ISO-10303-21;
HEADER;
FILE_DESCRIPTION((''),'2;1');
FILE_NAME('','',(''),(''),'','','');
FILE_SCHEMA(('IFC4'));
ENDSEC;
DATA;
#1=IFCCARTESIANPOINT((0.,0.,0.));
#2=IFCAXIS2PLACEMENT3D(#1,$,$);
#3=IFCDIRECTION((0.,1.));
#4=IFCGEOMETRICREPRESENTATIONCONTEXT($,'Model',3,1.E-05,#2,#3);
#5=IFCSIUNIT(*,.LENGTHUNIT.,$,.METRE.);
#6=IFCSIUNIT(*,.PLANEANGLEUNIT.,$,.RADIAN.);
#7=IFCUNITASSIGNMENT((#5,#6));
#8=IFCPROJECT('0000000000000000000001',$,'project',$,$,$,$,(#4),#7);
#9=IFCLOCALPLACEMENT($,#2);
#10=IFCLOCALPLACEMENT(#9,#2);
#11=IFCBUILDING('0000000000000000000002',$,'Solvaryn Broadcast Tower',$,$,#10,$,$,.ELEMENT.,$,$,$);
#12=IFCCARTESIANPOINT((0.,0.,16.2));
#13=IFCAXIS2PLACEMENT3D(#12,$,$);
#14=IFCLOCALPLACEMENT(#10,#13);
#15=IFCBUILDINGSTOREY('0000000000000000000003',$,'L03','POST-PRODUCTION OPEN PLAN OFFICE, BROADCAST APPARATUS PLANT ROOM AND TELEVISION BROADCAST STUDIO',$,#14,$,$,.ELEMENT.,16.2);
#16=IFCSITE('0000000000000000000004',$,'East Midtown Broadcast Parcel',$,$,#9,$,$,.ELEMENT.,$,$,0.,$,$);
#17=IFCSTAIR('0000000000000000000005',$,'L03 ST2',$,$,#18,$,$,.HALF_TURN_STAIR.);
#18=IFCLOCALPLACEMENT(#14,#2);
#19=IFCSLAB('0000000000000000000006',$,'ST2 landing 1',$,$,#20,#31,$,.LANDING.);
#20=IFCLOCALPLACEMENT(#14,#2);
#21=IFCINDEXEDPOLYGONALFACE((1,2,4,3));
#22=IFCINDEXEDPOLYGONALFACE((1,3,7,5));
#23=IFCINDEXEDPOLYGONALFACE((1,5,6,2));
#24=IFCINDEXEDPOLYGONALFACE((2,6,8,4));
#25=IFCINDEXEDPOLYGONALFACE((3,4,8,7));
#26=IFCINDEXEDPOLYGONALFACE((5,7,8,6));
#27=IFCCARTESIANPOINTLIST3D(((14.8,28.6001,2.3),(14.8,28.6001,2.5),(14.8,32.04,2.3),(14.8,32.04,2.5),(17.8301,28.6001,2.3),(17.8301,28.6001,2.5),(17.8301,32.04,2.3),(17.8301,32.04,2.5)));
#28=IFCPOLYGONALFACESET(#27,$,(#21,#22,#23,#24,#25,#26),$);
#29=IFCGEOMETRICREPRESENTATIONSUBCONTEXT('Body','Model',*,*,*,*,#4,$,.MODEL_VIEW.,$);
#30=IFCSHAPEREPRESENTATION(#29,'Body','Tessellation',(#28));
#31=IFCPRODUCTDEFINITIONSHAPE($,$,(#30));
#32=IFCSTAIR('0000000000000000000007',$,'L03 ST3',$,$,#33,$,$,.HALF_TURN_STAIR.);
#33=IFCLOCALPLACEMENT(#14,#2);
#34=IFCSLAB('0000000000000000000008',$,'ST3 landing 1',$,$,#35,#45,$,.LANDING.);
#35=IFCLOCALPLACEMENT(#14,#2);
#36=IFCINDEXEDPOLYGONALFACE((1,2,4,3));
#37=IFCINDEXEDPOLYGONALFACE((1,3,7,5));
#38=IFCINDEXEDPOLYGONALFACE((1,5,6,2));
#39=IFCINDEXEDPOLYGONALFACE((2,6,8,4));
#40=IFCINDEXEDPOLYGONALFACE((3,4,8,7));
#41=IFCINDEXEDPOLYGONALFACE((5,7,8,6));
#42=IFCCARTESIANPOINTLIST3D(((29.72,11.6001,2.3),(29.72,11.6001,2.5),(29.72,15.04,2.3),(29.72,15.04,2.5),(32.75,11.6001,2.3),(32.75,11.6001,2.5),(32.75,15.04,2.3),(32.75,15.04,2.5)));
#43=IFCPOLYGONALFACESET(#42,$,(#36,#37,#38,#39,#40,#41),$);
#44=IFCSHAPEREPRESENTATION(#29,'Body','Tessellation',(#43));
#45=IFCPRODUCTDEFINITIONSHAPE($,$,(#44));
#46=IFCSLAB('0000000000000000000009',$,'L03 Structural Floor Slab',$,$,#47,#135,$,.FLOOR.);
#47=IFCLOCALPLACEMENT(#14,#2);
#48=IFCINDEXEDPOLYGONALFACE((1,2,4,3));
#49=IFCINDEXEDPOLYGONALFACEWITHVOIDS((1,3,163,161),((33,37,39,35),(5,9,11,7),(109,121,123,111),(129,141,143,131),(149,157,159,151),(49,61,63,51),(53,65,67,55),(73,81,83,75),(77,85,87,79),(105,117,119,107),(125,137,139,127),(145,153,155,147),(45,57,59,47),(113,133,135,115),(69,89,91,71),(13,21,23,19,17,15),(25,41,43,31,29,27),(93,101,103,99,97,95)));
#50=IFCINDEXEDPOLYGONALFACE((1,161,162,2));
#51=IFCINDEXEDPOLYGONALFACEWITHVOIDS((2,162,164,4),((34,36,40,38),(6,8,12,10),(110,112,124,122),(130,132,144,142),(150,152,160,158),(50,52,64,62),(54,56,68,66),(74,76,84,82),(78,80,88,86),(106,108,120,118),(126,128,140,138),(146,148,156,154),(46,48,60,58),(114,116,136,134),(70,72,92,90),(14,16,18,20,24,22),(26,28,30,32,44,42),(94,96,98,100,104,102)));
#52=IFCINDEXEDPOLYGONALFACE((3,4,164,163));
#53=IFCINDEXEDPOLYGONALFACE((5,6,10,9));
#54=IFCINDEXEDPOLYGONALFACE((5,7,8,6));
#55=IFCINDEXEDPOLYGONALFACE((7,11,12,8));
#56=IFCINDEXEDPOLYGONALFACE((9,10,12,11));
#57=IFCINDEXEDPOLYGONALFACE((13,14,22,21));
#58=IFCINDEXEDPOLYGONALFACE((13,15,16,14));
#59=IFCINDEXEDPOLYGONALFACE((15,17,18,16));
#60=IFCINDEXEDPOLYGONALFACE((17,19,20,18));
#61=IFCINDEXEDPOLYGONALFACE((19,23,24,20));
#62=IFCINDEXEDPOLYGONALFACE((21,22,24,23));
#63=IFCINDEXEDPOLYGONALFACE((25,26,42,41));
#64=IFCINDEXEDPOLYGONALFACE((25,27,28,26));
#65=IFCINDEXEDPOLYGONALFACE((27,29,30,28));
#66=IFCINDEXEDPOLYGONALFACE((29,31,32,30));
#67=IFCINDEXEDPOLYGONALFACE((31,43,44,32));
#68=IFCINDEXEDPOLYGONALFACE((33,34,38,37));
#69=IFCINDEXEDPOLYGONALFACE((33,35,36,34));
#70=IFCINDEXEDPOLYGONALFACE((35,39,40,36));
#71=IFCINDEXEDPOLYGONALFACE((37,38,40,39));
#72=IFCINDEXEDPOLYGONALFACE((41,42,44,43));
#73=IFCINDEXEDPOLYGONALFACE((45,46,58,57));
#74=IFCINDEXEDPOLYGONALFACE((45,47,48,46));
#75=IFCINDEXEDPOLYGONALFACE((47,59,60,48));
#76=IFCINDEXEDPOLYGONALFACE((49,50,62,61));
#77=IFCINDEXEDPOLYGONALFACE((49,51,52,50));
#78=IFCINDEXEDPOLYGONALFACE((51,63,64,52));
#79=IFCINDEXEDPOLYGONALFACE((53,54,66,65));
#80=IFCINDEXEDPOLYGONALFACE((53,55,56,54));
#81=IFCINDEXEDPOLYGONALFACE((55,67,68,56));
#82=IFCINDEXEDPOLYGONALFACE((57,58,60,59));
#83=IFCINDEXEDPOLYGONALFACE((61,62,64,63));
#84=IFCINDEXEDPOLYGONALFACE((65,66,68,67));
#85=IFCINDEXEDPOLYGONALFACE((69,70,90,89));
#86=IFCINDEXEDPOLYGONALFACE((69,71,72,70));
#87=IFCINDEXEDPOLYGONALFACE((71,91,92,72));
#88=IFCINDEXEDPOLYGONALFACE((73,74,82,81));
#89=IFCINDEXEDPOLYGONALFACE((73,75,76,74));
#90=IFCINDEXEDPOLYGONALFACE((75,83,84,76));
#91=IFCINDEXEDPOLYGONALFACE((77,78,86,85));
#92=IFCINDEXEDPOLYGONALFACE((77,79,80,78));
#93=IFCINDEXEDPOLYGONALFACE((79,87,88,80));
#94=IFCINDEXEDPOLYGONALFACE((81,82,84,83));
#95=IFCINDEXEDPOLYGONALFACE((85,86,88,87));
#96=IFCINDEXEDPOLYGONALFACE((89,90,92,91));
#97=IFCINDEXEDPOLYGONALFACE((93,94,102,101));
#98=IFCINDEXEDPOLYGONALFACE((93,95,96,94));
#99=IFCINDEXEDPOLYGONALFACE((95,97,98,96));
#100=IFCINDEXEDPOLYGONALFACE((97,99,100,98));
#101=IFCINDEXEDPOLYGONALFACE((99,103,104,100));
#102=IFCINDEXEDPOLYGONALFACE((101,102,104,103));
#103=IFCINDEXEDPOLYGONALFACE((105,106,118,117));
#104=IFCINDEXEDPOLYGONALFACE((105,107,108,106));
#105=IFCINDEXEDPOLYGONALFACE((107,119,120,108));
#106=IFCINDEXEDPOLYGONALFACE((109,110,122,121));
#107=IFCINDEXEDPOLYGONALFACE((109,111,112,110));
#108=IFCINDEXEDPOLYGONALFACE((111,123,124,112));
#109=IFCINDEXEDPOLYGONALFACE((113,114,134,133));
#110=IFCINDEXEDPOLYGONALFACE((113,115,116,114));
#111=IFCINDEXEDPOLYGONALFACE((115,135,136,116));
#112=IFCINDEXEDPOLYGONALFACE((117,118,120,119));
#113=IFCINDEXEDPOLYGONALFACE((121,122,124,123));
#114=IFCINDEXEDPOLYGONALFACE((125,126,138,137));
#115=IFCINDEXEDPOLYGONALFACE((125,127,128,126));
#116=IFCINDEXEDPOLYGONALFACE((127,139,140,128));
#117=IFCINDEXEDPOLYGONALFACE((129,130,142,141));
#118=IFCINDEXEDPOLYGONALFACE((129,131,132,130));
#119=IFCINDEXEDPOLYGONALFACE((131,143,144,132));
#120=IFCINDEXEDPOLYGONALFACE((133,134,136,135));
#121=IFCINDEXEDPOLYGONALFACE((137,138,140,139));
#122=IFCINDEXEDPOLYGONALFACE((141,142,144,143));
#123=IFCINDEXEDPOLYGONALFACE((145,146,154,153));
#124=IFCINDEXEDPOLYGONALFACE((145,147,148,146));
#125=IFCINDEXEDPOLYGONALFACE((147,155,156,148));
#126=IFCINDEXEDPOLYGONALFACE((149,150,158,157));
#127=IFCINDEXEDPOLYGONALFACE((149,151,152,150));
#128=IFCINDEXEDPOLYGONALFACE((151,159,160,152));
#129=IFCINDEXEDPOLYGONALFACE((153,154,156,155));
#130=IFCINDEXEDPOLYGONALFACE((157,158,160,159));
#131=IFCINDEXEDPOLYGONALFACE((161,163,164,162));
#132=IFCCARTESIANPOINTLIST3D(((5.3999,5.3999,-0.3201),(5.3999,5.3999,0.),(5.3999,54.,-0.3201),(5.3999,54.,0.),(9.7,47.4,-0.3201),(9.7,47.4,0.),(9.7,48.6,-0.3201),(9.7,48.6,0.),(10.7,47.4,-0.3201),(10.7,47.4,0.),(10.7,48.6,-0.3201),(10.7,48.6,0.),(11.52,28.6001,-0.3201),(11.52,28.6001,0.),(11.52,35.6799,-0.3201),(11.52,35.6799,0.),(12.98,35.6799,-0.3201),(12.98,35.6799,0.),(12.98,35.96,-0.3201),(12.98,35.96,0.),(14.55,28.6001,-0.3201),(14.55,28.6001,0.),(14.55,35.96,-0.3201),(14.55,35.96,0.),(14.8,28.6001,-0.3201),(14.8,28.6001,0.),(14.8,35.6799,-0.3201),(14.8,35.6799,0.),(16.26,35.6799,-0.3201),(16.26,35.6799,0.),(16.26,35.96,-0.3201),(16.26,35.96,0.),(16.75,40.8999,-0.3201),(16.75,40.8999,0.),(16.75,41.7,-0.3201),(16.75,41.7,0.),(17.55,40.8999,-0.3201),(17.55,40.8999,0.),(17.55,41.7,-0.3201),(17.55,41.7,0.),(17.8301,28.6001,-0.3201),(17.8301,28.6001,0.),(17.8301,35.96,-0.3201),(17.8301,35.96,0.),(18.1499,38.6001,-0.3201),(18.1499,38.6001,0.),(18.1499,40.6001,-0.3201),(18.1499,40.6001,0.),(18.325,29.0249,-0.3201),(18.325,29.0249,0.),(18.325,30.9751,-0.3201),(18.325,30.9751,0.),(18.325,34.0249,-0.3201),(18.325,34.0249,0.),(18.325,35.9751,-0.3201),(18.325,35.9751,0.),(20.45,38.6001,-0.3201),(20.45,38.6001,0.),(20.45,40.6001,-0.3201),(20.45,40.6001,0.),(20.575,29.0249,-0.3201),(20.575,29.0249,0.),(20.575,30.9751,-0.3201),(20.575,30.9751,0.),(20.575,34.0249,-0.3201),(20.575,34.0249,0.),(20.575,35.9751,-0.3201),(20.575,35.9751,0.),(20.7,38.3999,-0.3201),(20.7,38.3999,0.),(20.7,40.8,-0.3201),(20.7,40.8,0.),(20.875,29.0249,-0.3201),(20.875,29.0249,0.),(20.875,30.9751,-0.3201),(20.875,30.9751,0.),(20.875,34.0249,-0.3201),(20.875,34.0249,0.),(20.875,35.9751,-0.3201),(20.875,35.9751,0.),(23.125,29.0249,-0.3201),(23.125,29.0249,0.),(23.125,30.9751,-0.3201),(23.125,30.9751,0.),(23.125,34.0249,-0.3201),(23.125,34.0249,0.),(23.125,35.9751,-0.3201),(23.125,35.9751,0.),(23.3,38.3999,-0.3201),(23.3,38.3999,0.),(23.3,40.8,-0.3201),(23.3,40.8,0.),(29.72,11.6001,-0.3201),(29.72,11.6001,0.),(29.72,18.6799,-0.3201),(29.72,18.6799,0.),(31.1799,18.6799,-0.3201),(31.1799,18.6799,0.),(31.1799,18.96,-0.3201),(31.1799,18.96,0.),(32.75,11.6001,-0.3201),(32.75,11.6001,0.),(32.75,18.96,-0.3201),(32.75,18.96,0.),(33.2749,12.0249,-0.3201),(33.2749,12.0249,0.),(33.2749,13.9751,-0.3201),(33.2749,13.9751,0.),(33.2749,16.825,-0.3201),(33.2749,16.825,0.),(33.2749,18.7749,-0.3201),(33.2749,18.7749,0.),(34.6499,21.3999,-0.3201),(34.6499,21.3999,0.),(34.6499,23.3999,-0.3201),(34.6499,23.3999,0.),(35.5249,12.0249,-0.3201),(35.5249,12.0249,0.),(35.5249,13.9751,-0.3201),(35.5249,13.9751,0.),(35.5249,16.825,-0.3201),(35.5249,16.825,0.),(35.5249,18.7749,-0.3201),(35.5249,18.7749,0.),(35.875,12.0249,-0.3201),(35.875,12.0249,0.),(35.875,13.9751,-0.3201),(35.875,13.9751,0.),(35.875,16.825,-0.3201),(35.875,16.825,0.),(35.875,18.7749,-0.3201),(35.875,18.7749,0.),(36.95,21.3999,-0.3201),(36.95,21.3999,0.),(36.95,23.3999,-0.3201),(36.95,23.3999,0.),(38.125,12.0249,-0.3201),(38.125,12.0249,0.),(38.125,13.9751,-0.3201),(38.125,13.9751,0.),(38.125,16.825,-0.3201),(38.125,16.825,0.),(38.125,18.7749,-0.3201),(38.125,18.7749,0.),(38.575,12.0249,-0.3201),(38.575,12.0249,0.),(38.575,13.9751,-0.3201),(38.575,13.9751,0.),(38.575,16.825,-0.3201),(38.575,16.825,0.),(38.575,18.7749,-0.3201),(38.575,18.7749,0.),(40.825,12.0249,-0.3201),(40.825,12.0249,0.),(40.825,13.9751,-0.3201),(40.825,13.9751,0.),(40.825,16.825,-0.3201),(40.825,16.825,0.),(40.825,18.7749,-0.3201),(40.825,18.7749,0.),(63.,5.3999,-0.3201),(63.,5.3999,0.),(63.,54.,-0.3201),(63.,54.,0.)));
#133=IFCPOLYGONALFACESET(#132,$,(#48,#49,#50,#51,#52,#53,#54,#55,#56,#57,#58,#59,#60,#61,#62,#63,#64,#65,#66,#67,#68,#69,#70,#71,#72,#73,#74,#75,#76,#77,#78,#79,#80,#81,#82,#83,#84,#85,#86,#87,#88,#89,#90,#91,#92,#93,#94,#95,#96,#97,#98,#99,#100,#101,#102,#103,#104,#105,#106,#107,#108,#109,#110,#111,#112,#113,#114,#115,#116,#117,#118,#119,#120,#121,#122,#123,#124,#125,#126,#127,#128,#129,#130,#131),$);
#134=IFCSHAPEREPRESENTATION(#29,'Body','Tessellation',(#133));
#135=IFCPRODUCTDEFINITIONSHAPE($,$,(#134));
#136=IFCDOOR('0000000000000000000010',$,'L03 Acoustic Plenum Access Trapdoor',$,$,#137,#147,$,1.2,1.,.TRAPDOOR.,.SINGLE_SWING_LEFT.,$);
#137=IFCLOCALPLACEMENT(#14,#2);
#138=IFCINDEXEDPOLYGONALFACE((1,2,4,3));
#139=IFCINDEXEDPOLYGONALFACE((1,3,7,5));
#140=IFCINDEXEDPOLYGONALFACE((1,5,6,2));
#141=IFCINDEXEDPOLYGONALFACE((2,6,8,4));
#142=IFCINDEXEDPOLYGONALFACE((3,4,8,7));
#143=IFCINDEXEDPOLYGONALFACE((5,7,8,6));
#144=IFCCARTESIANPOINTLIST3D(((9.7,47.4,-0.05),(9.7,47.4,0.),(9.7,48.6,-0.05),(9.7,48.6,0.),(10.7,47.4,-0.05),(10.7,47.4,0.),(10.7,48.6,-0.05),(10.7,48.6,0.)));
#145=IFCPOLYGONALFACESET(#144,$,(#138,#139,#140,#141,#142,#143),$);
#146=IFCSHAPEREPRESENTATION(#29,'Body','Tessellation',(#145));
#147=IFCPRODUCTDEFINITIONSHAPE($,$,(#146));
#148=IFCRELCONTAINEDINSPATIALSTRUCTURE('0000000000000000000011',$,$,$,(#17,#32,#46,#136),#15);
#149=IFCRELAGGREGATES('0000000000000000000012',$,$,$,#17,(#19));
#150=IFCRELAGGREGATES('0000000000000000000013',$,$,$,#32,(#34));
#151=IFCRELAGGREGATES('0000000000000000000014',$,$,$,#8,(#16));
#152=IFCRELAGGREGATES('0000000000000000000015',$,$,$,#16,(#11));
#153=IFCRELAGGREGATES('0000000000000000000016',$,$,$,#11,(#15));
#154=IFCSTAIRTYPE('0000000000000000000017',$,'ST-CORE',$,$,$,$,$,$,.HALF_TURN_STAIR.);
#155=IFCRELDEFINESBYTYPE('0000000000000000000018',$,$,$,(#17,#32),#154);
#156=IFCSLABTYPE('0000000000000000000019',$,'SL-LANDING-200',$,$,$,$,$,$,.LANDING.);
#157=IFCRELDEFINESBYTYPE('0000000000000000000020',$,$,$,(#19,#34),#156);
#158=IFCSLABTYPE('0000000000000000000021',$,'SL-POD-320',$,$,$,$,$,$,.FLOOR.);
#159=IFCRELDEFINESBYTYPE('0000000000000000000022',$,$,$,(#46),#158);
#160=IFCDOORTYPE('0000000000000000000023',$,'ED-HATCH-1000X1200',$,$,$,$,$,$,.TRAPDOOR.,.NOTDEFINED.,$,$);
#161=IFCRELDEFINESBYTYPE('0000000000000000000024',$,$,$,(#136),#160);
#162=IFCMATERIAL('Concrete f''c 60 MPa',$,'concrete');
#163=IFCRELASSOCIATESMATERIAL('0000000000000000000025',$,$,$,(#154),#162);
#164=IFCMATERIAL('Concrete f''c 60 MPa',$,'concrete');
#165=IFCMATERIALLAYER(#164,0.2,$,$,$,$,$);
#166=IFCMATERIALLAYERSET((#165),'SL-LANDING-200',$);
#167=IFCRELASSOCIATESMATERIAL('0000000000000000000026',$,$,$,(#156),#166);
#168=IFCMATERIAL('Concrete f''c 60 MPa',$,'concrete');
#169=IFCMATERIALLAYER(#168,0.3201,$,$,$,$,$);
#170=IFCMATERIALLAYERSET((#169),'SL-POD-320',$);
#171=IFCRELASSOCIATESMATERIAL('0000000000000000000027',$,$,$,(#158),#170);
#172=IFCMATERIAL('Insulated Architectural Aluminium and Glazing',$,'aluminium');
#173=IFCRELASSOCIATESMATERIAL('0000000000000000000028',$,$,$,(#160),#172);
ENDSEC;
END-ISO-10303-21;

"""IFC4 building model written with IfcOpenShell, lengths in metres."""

from ifc_helpers import new_model, si_unit, direction, frame, origin, origin_2d, place, context, subcontext, project, spatial, polyline, rectangle, outline, extrude, material, layer, layer_set, type_object, element, fill, aggregate, save


model = new_model("IFC4")

# Units and contexts
model_context = context("Model", 3, precision=1e-05, world=origin(), true_north=direction((0.0, 1.0)))
body_context = subcontext(model_context, "Body", "Model", "MODEL_VIEW")
ifc_project = project(units=[si_unit("LENGTHUNIT", "METRE"), si_unit("PLANEANGLEUNIT", "RADIAN")], contexts=[model_context])

# Site, building, storey
site_placement = place(None, origin())
site = spatial("IfcSite", under=ifc_project, at=site_placement, Name="East Midtown Broadcast Parcel", CompositionType="ELEMENT", RefElevation=0.0)
building_placement = place(site_placement, origin())
building = spatial("IfcBuilding", under=site, at=building_placement, Name="Solvaryn Broadcast Tower", CompositionType="ELEMENT")
storey_placement = place(building_placement, frame((0.0, 0.0, 16.2)))
storey = spatial("IfcBuildingStorey", under=building, at=storey_placement, Name="L03", Description="POST-PRODUCTION OPEN PLAN OFFICE, BROADCAST APPARATUS PLANT ROOM AND TELEVISION BROADCAST STUDIO", CompositionType="ELEMENT", Elevation=16.2)

# Stairs, slabs
ifc_material_1 = material(Name="Concrete f'c 60 MPa", Category="concrete")
stair_type = type_object("IfcStairType", Name="ST-CORE", PredefinedType="HALF_TURN_STAIR", material=ifc_material_1)
ifc_material_2 = material(Name="Concrete f'c 60 MPa", Category="concrete")
ifc_layer_1 = layer(ifc_material_2, 0.2)
ifc_layer_set_1 = layer_set([ifc_layer_1], Name="SL-LANDING-200")
slab_type_1 = type_object("IfcSlabType", Name="SL-LANDING-200", PredefinedType="LANDING", material=ifc_layer_set_1)
stair_1_placement = place(storey_placement, origin())
stair_1 = element("IfcStair", 1, at=stair_1_placement, inside=storey, type_object=stair_type, Name="L03 ST2", PredefinedType="HALF_TURN_STAIR")
slab_1_placement = place(storey_placement, frame((0.0, 0.0, 2.3)))
slab_1 = element("IfcSlab", 2, at=slab_1_placement, type_object=slab_type_1, Name="ST2 landing 1", PredefinedType="LANDING", context=body_context, shape_type="SweptSolid", body=[
    extrude(outline(polyline([(14.8, 32.04), (14.8, 28.6001), (17.8301, 28.6001), (17.8301, 32.04), (14.8, 32.04)])), origin(), (0.0, 0.0, 1.0), 0.2),
])
aggregate(stair_1, [slab_1])
stair_2_placement = place(storey_placement, origin())
stair_2 = element("IfcStair", 3, at=stair_2_placement, inside=storey, type_object=stair_type, Name="L03 ST3", PredefinedType="HALF_TURN_STAIR")
slab_2_placement = place(storey_placement, frame((0.0, 0.0, 2.3)))
slab_2 = element("IfcSlab", 4, at=slab_2_placement, type_object=slab_type_1, Name="ST3 landing 1", PredefinedType="LANDING", context=body_context, shape_type="SweptSolid", body=[
    extrude(outline(polyline([(29.72, 15.04), (29.72, 11.6001), (32.75, 11.6001), (32.75, 15.04), (29.72, 15.04)])), origin(), (0.0, 0.0, 1.0), 0.2),
])
aggregate(stair_2, [slab_2])

# Slab, opening, door
ifc_material_3 = material(Name="Concrete f'c 60 MPa", Category="concrete")
ifc_layer_2 = layer(ifc_material_3, 0.3201)
ifc_layer_set_2 = layer_set([ifc_layer_2], Name="SL-POD-320")
slab_type_2 = type_object("IfcSlabType", Name="SL-POD-320", PredefinedType="FLOOR", material=ifc_layer_set_2)
slab_3_placement = place(storey_placement, frame((0.0, 0.0, -0.3201)))
slab_3 = element("IfcSlab", 5, at=slab_3_placement, inside=storey, type_object=slab_type_2, Name="L03 Structural Floor Slab", PredefinedType="FLOOR", context=body_context, shape_type="SweptSolid", body=[
    extrude(outline(polyline([(5.3999, 5.3999), (63.0, 5.3999), (63.0, 54.0), (5.3999, 54.0), (5.3999, 5.3999)]), holes=[polyline([(11.52, 28.6001), (14.55, 28.6001), (14.55, 35.96), (12.98, 35.96), (12.98, 35.6799), (11.52, 35.6799), (11.52, 28.6001)]), polyline([(14.8, 28.6001), (17.8301, 28.6001), (17.8301, 35.96), (16.26, 35.96), (16.26, 35.6799), (14.8, 35.6799), (14.8, 28.6001)]), polyline([(29.72, 11.6001), (32.75, 11.6001), (32.75, 18.96), (31.1799, 18.96), (31.1799, 18.6799), (29.72, 18.6799), (29.72, 11.6001)]), polyline([(18.1499, 38.6001), (20.45, 38.6001), (20.45, 40.6001), (18.1499, 40.6001), (18.1499, 38.6001)]), polyline([(20.7, 38.3999), (23.3, 38.3999), (23.3, 40.8), (20.7, 40.8), (20.7, 38.3999)]), polyline([(18.325, 29.0249), (20.575, 29.0249), (20.575, 30.9751), (18.325, 30.9751), (18.325, 29.0249)]), polyline([(20.875, 29.0249), (23.125, 29.0249), (23.125, 30.9751), (20.875, 30.9751), (20.875, 29.0249)]), polyline([(18.325, 34.0249), (20.575, 34.0249), (20.575, 35.9751), (18.325, 35.9751), (18.325, 34.0249)]), polyline([(20.875, 34.0249), (23.125, 34.0249), (23.125, 35.9751), (20.875, 35.9751), (20.875, 34.0249)]), polyline([(34.6499, 21.3999), (36.95, 21.3999), (36.95, 23.3999), (34.6499, 23.3999), (34.6499, 21.3999)]), polyline([(33.2749, 12.0249), (35.5249, 12.0249), (35.5249, 13.9751), (33.2749, 13.9751), (33.2749, 12.0249)]), polyline([(35.875, 12.0249), (38.125, 12.0249), (38.125, 13.9751), (35.875, 13.9751), (35.875, 12.0249)]), polyline([(33.2749, 16.825), (35.5249, 16.825), (35.5249, 18.7749), (33.2749, 18.7749), (33.2749, 16.825)]), polyline([(35.875, 16.825), (38.125, 16.825), (38.125, 18.7749), (35.875, 18.7749), (35.875, 16.825)]), polyline([(38.575, 12.0249), (40.825, 12.0249), (40.825, 13.9751), (38.575, 13.9751), (38.575, 12.0249)]), polyline([(38.575, 16.825), (40.825, 16.825), (40.825, 18.7749), (38.575, 18.7749), (38.575, 16.825)]), polyline([(16.75, 40.8999), (17.55, 40.8999), (17.55, 41.7), (16.75, 41.7), (16.75, 40.8999)])]), origin(), (0.0, 0.0, 1.0), 0.3201),
])
opening_1_placement = place(slab_3_placement, frame((10.2, 48.0, 0.0)))
opening_1 = element("IfcOpeningElement", 6, at=opening_1_placement, cuts=slab_3, PredefinedType="OPENING", context=body_context, shape_type="SweptSolid", body=[
    extrude(rectangle(XDim=1.0, YDim=1.2, at=origin_2d()), origin(), (0.0, 0.0, 1.0), 0.3201),
])
ifc_material_4 = material(Name="Insulated Architectural Aluminium and Glazing", Category="aluminium")
door_type_1 = type_object("IfcDoorType", Name="ED-HATCH-1000X1200", OperationType="NOTDEFINED", PredefinedType="TRAPDOOR", material=ifc_material_4)
door_1_placement = place(opening_1_placement, frame((0.0, 0.0, 0.27)))
door_1 = element("IfcDoor", 7, at=door_1_placement, inside=storey, type_object=door_type_1, Name="L03 Acoustic Plenum Access Trapdoor", OperationType="SINGLE_SWING_LEFT", OverallHeight=1.2, OverallWidth=1.0, PredefinedType="TRAPDOOR", context=body_context, shape_type="SweptSolid", body=[
    extrude(rectangle(XDim=1.0, YDim=1.2, at=origin_2d()), origin(), (0.0, 0.0, 1.0), 0.05),
])
fill(opening_1, door_1)

save(model, "model.ifc")
